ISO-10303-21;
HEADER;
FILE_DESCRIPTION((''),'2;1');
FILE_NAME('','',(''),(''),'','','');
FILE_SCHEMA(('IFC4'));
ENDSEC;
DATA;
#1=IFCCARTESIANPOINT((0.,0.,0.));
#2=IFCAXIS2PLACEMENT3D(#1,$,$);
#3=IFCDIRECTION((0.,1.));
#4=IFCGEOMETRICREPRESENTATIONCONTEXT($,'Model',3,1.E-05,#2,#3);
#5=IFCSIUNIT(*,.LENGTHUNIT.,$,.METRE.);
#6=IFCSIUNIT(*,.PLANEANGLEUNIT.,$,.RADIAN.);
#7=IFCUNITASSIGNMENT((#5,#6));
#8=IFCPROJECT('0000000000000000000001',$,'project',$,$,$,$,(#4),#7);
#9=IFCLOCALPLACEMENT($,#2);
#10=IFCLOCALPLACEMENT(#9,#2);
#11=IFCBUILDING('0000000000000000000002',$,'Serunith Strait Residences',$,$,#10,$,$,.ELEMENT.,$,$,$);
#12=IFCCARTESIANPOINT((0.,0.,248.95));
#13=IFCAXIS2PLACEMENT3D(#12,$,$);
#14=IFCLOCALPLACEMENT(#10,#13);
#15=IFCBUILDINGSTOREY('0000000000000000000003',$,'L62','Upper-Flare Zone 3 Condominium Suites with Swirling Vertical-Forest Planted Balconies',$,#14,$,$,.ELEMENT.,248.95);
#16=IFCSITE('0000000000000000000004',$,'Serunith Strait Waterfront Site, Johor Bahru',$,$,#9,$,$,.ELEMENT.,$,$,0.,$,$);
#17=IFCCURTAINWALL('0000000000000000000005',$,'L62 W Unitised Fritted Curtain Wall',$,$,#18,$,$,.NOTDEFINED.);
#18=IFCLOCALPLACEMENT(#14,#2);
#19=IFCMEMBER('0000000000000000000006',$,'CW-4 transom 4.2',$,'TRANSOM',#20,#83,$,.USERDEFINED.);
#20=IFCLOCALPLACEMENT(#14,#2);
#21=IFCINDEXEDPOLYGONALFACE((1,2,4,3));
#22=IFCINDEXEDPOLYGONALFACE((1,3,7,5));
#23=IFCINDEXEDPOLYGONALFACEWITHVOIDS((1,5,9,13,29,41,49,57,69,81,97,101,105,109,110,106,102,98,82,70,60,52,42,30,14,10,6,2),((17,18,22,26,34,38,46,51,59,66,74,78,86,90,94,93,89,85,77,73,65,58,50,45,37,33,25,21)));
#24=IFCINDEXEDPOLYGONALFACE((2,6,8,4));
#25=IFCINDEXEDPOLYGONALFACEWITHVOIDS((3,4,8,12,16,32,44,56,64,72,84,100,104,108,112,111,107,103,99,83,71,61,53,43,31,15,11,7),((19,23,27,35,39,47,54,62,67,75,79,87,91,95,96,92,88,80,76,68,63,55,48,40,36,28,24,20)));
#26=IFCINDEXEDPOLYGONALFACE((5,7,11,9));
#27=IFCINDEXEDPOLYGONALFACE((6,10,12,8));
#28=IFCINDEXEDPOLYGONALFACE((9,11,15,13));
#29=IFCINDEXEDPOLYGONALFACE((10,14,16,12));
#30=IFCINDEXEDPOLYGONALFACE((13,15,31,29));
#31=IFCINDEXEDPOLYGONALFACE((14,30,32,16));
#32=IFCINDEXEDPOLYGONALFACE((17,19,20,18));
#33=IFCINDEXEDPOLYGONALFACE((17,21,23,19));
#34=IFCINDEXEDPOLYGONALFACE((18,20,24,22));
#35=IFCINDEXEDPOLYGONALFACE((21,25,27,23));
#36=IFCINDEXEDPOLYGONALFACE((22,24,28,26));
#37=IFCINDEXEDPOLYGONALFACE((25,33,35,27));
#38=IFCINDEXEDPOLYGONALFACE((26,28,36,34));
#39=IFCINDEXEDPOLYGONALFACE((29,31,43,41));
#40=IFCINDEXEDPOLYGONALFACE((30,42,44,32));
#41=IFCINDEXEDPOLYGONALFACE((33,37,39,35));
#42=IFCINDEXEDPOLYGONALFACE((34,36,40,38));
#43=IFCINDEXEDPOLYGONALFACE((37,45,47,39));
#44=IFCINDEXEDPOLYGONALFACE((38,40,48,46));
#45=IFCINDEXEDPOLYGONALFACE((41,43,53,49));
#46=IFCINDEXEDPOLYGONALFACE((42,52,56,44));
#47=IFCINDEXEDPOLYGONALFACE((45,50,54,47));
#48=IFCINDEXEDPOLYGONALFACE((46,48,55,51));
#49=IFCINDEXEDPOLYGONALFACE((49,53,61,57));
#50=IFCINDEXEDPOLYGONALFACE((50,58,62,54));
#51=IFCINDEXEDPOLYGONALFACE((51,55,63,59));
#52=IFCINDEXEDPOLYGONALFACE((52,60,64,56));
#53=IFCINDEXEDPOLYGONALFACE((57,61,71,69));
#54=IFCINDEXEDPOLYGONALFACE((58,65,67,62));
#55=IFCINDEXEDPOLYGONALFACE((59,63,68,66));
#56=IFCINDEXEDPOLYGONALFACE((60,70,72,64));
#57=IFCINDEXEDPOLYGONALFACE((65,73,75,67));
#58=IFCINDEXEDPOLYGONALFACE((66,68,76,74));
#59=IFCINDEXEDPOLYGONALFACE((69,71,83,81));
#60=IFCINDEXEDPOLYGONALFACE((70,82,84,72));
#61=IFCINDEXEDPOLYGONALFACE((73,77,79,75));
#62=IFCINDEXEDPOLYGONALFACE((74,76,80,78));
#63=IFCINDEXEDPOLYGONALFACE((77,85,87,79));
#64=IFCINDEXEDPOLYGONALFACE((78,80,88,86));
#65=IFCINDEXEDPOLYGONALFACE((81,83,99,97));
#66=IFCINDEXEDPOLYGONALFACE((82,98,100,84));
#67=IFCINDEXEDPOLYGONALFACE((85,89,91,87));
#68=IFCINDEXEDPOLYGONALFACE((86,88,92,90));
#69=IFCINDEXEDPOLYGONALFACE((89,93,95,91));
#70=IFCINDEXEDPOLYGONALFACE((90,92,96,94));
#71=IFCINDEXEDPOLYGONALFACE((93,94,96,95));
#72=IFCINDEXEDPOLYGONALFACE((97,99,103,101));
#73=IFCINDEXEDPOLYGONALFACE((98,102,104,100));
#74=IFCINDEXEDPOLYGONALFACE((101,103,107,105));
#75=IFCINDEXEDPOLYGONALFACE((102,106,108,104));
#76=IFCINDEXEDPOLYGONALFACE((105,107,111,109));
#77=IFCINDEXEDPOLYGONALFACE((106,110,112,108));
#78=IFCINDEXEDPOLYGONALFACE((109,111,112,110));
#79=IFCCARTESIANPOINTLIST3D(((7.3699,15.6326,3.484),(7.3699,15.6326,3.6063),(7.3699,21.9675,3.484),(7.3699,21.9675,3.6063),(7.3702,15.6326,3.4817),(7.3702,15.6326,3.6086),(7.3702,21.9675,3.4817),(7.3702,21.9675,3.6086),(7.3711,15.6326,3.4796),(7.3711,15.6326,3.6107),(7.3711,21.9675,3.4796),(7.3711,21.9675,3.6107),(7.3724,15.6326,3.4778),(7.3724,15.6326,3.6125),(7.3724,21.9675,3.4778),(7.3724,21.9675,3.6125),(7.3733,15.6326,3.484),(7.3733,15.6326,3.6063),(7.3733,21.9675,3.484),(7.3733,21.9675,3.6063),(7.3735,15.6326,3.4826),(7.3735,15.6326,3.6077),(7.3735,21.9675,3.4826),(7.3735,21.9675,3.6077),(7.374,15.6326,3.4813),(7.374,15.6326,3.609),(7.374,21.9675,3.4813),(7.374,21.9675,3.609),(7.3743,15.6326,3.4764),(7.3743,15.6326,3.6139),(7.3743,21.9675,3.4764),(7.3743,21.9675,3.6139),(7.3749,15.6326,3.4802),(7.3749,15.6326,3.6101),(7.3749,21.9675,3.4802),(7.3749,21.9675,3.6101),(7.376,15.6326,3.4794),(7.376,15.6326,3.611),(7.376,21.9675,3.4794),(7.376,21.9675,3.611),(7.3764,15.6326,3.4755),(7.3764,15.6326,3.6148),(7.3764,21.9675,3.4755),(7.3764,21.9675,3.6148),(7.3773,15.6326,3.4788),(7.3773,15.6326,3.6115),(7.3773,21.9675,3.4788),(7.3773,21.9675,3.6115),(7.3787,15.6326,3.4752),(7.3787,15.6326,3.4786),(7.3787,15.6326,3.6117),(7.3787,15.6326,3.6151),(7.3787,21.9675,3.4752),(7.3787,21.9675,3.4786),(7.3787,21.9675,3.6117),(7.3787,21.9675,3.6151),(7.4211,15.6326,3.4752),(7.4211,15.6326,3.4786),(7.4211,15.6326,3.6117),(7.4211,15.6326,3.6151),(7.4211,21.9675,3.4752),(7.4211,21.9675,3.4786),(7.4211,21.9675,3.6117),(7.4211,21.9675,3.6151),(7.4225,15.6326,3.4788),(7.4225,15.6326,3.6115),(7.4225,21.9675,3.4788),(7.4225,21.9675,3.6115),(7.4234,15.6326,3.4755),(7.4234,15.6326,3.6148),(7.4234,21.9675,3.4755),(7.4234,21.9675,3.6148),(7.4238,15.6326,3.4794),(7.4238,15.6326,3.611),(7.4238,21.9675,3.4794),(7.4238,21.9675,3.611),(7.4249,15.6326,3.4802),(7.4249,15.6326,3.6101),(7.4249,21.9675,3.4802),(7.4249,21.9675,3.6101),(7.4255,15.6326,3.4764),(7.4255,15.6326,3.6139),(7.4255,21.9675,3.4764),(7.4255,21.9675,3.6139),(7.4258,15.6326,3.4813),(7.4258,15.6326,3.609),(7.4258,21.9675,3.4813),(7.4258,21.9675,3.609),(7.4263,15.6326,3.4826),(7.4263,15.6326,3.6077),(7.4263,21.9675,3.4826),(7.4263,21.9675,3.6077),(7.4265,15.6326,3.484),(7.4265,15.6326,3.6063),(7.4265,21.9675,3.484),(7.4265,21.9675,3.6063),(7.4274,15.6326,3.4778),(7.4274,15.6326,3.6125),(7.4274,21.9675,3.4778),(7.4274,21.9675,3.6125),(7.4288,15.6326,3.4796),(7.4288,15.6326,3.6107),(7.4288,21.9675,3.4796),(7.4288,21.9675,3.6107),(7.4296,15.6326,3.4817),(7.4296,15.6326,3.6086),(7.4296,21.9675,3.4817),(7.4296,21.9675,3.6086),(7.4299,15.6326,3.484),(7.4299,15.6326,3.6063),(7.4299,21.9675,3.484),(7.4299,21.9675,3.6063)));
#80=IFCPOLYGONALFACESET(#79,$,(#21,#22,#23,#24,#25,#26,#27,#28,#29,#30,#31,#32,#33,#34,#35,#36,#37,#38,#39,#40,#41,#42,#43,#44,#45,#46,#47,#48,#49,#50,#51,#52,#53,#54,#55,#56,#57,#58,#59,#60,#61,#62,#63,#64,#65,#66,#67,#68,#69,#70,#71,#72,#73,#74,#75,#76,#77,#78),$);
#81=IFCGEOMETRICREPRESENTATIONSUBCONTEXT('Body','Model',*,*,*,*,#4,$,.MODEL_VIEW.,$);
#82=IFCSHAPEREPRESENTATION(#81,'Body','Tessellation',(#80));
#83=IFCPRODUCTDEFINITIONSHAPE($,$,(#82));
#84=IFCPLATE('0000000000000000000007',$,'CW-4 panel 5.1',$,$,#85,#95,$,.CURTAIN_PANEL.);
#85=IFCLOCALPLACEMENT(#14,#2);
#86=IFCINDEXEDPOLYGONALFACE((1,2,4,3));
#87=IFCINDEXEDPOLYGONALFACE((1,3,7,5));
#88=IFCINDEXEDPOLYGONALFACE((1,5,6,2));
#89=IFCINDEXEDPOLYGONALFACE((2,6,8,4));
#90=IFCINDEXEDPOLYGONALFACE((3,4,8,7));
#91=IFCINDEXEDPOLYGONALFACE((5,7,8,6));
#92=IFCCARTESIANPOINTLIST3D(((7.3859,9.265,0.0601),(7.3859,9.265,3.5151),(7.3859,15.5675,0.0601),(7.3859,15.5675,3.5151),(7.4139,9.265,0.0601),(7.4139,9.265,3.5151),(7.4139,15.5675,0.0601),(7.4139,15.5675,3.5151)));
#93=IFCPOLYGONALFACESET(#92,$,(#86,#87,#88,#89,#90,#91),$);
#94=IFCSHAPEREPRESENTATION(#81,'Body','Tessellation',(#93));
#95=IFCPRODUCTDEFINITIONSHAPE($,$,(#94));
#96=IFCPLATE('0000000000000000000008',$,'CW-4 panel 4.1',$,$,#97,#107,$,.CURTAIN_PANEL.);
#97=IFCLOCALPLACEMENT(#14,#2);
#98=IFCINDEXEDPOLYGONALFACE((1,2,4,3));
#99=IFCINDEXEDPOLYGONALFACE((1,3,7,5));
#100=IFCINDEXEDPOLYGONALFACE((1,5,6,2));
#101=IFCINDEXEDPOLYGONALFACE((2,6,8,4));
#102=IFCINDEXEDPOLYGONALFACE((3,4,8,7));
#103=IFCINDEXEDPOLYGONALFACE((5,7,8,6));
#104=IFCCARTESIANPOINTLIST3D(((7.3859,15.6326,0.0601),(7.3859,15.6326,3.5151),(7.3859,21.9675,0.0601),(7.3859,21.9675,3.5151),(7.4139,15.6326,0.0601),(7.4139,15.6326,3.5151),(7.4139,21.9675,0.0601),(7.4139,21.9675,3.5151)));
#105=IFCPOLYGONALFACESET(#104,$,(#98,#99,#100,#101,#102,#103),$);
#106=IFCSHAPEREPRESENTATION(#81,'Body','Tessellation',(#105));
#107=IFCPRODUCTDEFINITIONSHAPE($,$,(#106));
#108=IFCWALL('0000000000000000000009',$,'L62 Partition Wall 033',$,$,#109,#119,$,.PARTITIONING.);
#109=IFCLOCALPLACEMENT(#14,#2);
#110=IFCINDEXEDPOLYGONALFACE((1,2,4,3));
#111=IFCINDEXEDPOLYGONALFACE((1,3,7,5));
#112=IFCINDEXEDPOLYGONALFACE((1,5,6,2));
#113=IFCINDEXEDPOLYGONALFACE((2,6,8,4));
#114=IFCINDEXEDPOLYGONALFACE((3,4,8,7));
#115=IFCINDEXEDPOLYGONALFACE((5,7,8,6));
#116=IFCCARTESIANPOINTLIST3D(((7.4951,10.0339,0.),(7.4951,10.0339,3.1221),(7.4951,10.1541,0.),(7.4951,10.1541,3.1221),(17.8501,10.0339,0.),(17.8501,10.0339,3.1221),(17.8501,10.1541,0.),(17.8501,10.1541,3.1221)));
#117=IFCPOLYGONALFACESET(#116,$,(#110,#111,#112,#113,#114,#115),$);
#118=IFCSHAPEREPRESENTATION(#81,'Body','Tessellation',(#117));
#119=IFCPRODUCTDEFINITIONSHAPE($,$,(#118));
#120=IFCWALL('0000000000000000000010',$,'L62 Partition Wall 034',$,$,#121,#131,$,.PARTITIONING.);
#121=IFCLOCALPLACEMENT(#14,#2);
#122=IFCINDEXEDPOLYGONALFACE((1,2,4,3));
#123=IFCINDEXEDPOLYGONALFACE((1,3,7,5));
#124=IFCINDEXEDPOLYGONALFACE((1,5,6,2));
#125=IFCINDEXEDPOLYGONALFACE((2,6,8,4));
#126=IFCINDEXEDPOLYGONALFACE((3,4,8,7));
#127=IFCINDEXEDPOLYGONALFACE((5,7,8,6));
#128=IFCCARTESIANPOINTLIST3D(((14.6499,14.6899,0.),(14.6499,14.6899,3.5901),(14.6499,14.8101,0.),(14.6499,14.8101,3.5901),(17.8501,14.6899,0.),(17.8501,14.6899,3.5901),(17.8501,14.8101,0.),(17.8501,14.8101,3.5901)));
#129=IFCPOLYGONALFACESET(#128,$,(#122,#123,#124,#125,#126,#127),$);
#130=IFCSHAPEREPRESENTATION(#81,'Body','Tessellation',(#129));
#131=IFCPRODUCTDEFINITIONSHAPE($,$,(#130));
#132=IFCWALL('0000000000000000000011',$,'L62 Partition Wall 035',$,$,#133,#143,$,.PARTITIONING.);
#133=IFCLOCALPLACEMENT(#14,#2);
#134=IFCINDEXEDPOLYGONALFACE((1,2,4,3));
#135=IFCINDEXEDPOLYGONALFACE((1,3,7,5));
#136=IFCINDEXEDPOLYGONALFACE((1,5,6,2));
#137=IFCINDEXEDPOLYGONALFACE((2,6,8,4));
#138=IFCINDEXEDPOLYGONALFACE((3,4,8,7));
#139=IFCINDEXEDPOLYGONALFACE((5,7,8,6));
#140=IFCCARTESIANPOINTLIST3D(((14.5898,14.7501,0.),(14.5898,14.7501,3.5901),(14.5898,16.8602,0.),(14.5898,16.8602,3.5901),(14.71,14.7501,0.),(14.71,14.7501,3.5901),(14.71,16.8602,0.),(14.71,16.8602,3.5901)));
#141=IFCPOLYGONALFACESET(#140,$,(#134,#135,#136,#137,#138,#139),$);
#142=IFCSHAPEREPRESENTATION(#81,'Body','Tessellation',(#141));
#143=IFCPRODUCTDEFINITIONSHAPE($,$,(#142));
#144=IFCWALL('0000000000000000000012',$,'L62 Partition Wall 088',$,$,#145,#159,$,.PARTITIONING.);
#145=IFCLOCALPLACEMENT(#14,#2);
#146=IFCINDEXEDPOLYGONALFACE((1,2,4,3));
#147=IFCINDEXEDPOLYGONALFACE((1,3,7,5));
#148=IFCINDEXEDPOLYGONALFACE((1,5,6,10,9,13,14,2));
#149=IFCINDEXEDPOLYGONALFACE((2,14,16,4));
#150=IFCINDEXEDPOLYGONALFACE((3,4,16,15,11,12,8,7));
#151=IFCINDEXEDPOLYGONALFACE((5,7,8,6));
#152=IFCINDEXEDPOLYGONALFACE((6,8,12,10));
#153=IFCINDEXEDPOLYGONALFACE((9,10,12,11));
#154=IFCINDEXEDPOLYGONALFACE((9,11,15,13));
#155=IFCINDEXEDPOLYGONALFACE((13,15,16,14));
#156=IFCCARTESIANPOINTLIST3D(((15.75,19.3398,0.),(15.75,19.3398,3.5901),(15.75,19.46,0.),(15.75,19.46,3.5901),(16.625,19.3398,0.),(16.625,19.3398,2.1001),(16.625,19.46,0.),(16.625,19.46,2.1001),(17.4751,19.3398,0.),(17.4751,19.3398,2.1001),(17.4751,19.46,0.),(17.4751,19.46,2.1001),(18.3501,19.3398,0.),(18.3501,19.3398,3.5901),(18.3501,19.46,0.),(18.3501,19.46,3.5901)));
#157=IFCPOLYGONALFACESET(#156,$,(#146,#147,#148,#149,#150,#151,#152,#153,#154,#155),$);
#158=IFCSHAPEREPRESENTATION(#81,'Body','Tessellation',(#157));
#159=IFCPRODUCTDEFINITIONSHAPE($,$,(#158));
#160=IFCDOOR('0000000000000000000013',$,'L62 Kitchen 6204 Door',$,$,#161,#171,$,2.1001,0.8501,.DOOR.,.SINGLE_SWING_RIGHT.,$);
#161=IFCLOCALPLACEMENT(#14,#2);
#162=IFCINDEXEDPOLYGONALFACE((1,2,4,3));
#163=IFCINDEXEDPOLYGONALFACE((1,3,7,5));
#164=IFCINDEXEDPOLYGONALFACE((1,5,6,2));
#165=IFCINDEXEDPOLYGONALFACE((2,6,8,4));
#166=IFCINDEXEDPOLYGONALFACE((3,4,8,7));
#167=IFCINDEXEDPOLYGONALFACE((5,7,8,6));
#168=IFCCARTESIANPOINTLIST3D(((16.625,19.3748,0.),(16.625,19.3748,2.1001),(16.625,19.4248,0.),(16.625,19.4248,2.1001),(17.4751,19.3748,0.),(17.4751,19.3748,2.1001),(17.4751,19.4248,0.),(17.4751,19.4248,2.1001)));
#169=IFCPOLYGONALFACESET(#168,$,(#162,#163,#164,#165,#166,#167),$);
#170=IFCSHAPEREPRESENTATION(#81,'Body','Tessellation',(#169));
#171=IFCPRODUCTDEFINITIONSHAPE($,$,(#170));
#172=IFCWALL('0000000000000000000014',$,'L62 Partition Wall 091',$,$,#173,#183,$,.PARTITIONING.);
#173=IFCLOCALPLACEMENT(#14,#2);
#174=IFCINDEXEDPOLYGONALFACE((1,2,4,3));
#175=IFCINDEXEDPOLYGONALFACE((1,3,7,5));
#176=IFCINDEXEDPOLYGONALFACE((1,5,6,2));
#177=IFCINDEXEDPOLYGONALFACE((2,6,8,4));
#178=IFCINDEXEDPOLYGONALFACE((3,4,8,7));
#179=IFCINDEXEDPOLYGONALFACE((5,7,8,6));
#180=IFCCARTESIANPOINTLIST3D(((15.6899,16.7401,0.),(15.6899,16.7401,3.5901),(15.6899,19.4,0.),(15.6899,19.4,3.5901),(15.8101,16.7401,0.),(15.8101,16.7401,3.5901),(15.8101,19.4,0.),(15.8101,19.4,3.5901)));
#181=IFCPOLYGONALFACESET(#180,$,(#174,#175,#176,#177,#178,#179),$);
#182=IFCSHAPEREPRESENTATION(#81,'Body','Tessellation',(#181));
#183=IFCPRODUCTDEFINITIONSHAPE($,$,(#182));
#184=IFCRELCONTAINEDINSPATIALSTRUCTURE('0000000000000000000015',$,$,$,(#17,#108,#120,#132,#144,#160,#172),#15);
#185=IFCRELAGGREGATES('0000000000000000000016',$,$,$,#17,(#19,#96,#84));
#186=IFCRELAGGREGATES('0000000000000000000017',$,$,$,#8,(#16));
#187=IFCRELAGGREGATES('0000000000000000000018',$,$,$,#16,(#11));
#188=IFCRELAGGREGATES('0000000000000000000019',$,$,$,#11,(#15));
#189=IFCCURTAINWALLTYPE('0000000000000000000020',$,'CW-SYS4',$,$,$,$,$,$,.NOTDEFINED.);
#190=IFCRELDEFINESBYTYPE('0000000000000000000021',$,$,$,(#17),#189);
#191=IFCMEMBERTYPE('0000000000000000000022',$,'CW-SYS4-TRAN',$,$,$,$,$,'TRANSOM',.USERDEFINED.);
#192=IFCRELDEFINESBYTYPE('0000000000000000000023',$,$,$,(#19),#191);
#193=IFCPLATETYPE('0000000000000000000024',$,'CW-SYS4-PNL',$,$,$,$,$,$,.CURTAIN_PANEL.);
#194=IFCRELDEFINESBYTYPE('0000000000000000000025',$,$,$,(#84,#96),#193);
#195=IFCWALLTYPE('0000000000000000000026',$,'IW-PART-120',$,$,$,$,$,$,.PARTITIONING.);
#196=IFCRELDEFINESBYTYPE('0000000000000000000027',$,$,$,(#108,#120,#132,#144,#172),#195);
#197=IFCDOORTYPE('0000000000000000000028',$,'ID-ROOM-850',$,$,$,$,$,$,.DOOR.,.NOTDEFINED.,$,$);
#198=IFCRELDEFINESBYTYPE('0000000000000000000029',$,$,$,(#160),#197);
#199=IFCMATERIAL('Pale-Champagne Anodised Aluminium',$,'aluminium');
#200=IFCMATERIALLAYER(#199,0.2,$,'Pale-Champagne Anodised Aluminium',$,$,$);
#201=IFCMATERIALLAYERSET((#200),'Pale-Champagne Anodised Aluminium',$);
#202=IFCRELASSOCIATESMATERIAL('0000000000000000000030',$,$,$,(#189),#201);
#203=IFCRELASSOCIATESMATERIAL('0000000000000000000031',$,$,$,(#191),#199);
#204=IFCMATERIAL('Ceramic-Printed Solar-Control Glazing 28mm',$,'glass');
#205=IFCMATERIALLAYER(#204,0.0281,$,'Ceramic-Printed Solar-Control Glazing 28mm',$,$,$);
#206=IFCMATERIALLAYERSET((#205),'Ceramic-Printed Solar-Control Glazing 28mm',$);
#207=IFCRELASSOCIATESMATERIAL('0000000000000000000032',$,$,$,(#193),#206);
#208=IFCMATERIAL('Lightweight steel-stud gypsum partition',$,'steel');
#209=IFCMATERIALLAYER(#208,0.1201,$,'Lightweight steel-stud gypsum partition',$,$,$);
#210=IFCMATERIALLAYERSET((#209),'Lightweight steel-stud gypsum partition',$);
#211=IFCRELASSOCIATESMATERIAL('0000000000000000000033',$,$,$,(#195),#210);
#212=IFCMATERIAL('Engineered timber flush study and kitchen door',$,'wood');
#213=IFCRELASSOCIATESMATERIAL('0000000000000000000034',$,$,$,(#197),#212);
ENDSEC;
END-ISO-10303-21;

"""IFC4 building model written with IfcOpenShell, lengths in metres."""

from ifc_helpers import new_model, si_unit, direction, frame, frame_2d, origin, origin_2d, place, context, subcontext, project, spatial, rectangle, hollow_rectangle, extrude, source, transform, mapped, material, layer, layer_set, material_profile, profile_set, type_object, element, fill, aggregate, save


model = new_model("IFC4")

# Units and contexts
model_context = context("Model", 3, precision=1e-05, world=origin(), true_north=direction((0.0, 1.0)))
body_context = subcontext(model_context, "Body", "Model", "MODEL_VIEW")
ifc_project = project(units=[si_unit("LENGTHUNIT", "METRE"), si_unit("PLANEANGLEUNIT", "RADIAN")], contexts=[model_context])

# Site, building, storey
site_placement = place(None, origin())
site = spatial("IfcSite", under=ifc_project, at=site_placement, Name="Serunith Strait Waterfront Site, Johor Bahru", CompositionType="ELEMENT", RefElevation=0.0)
building_placement = place(site_placement, origin())
building = spatial("IfcBuilding", under=site, at=building_placement, Name="Serunith Strait Residences", CompositionType="ELEMENT")
storey_placement = place(building_placement, frame((0.0, 0.0, 248.95)))
storey = spatial("IfcBuildingStorey", under=building, at=storey_placement, Name="L62", Description="Upper-Flare Zone 3 Condominium Suites with Swirling Vertical-Forest Planted Balconies", CompositionType="ELEMENT", Elevation=248.95)

# Curtain wall, member, plates
ifc_material_1 = material(Name="Pale-Champagne Anodised Aluminium", Category="aluminium")
ifc_layer_1 = layer(ifc_material_1, 0.2, Name="Pale-Champagne Anodised Aluminium")
ifc_layer_set_1 = layer_set([ifc_layer_1], Name="Pale-Champagne Anodised Aluminium")
curtain_wall_type = type_object("IfcCurtainWallType", Name="CW-SYS4", PredefinedType="NOTDEFINED", material=ifc_layer_set_1)
curtain_wall_placement = place(storey_placement, origin())
curtain_wall = element("IfcCurtainWall", 1, at=curtain_wall_placement, inside=storey, type_object=curtain_wall_type, Name="L62 W Unitised Fritted Curtain Wall", PredefinedType="NOTDEFINED")
ifc_material_profile_1 = material_profile(ifc_material_1, hollow_rectangle(XDim=0.0601, YDim=0.1399, WallThickness=0.0034, InnerFilletRadius=0.0054, OuterFilletRadius=0.0088, at=origin_2d()), Name="ALU 140x60x3.5")
ifc_profile_set_1 = profile_set([ifc_material_profile_1], Name="Pale-Champagne Anodised Aluminium")
member_type_1 = type_object("IfcMemberType", Name="CW-SYS4-TRAN", ElementType="TRANSOM", PredefinedType="USERDEFINED", material=ifc_profile_set_1)
shared_shape_1 = source(origin(), body_context, "Body", "SweptSolid", [
    extrude(hollow_rectangle(XDim=0.0601, YDim=0.1399, WallThickness=0.0034, InnerFilletRadius=0.0054, OuterFilletRadius=0.0088, at=origin_2d()), origin(), (0.0, 0.0, 1.0), 6.335),
])
member_1_placement = place(storey_placement, frame((7.3999, 21.9675, 3.5452), z_axis=(0.0, -1.0, 0.0), x_axis=(1.0, 0.0, 0.0)))
member_1 = element("IfcMember", 2, at=member_1_placement, type_object=member_type_1, Name="CW-4 transom 4.2", ObjectType="TRANSOM", PredefinedType="USERDEFINED", context=body_context, shape_type="MappedRepresentation", body=[
    mapped(shared_shape_1, transform((0.0, 0.0, 0.0), scale=1.0)),
])
ifc_material_2 = material(Name="Ceramic-Printed Solar-Control Glazing 28mm", Category="glass")
ifc_layer_2 = layer(ifc_material_2, 0.0281, Name="Ceramic-Printed Solar-Control Glazing 28mm")
ifc_layer_set_2 = layer_set([ifc_layer_2], Name="Ceramic-Printed Solar-Control Glazing 28mm")
plate_type = type_object("IfcPlateType", Name="CW-SYS4-PNL", PredefinedType="CURTAIN_PANEL", material=ifc_layer_set_2)
shared_shape_2 = source(origin(), body_context, "Body", "SweptSolid", [
    extrude(rectangle(XDim=6.3025, YDim=0.0281, at=origin_2d()), origin(), (0.0, 0.0, 1.0), 3.4551),
])
plate_1_placement = place(storey_placement, frame((7.3999, 12.4163, 0.0601), z_axis=(0.0, 0.0, 1.0), x_axis=(0.0, -1.0, 0.0)))
plate_1 = element("IfcPlate", 3, at=plate_1_placement, type_object=plate_type, Name="CW-4 panel 5.1", PredefinedType="CURTAIN_PANEL", context=body_context, shape_type="MappedRepresentation", body=[
    mapped(shared_shape_2, transform((0.0, 0.0, 0.0), scale=1.0)),
])
shared_shape_3 = source(origin(), body_context, "Body", "SweptSolid", [
    extrude(rectangle(XDim=6.335, YDim=0.0281, at=origin_2d()), origin(), (0.0, 0.0, 1.0), 3.4551),
])
plate_2_placement = place(storey_placement, frame((7.3999, 18.8, 0.0601), z_axis=(0.0, 0.0, 1.0), x_axis=(0.0, -1.0, 0.0)))
plate_2 = element("IfcPlate", 4, at=plate_2_placement, type_object=plate_type, Name="CW-4 panel 4.1", PredefinedType="CURTAIN_PANEL", context=body_context, shape_type="MappedRepresentation", body=[
    mapped(shared_shape_3, transform((0.0, 0.0, 0.0), scale=1.0)),
])
aggregate(curtain_wall, [member_1, plate_2, plate_1])

# Walls
ifc_material_3 = material(Name="Lightweight steel-stud gypsum partition", Category="steel")
ifc_layer_3 = layer(ifc_material_3, 0.1201, Name="Lightweight steel-stud gypsum partition")
ifc_layer_set_3 = layer_set([ifc_layer_3], Name="Lightweight steel-stud gypsum partition")
wall_type_1 = type_object("IfcWallType", Name="IW-PART-120", PredefinedType="PARTITIONING", material=ifc_layer_set_3)
wall_1_placement = place(storey_placement, frame((7.4951, 10.094, 0.0), z_axis=(0.0, 0.0, 1.0), x_axis=(1.0, 0.0, 0.0)))
element("IfcWall", 5, at=wall_1_placement, inside=storey, type_object=wall_type_1, Name="L62 Partition Wall 033", PredefinedType="PARTITIONING", context=body_context, shape_type="SweptSolid", body=[
    extrude(rectangle(XDim=10.355, YDim=0.1201, at=frame_2d((5.1775, 0.0))), origin(), (0.0, 0.0, 1.0), 3.1221),
])
wall_2_placement = place(storey_placement, frame((14.6499, 14.75, 0.0), z_axis=(0.0, 0.0, 1.0), x_axis=(1.0, 0.0, 0.0)))
element("IfcWall", 6, at=wall_2_placement, inside=storey, type_object=wall_type_1, Name="L62 Partition Wall 034", PredefinedType="PARTITIONING", context=body_context, shape_type="SweptSolid", body=[
    extrude(rectangle(XDim=3.2002, YDim=0.1201, at=frame_2d((1.6001, 0.0))), origin(), (0.0, 0.0, 1.0), 3.5901),
])
wall_3_placement = place(storey_placement, frame((14.6499, 14.75, 0.0), z_axis=(0.0, 0.0, 1.0), x_axis=(0.0, 1.0, 0.0)))
element("IfcWall", 7, at=wall_3_placement, inside=storey, type_object=wall_type_1, Name="L62 Partition Wall 035", PredefinedType="PARTITIONING", context=body_context, shape_type="SweptSolid", body=[
    extrude(rectangle(XDim=2.1101, YDim=0.1201, at=frame_2d((1.0552, 0.0))), origin(), (0.0, 0.0, 1.0), 3.5901),
])

# Wall, opening, door
wall_4_placement = place(storey_placement, frame((15.75, 19.3999, 0.0), z_axis=(0.0, 0.0, 1.0), x_axis=(1.0, 0.0, 0.0)))
wall_4 = element("IfcWall", 8, at=wall_4_placement, inside=storey, type_object=wall_type_1, Name="L62 Partition Wall 088", PredefinedType="PARTITIONING", context=body_context, shape_type="SweptSolid", body=[
    extrude(rectangle(XDim=2.6001, YDim=0.1201, at=frame_2d((1.3, 0.0))), origin(), (0.0, 0.0, 1.0), 3.5901),
])
opening_placement = place(wall_4_placement, frame((0.875, 0.0, 0.0)))
opening = element("IfcOpeningElement", 9, at=opening_placement, cuts=wall_4, PredefinedType="OPENING", context=body_context, shape_type="SweptSolid", body=[
    extrude(rectangle(XDim=0.8501, YDim=2.1001, at=frame_2d((0.425, 1.05))), frame((0.0, 0.0701, 0.0), z_axis=(0.0, -1.0, 0.0), x_axis=(1.0, 0.0, 0.0)), (0.0, 0.0, 1.0), 0.1401),
])
ifc_material_4 = material(Name="Engineered timber flush study and kitchen door", Category="wood")
door_type = type_object("IfcDoorType", Name="ID-ROOM-850", OperationType="NOTDEFINED", PredefinedType="DOOR", material=ifc_material_4)
shared_shape_4 = source(origin(), body_context, "Body", "SweptSolid", [
    extrude(rectangle(XDim=0.8501, YDim=2.1001, at=frame_2d((0.425, 1.05))), frame((0.0, 0.0249, 0.0), z_axis=(0.0, -1.0, 0.0), x_axis=(1.0, 0.0, 0.0)), (0.0, 0.0, 1.0), 0.05),
])
door_placement = place(opening_placement, origin())
door = element("IfcDoor", 10, at=door_placement, inside=storey, type_object=door_type, Name="L62 Kitchen 6204 Door", OperationType="SINGLE_SWING_RIGHT", OverallHeight=2.1001, OverallWidth=0.8501, PredefinedType="DOOR", context=body_context, shape_type="MappedRepresentation", body=[
    mapped(shared_shape_4, transform((0.0, 0.0, 0.0), scale=1.0)),
])
fill(opening, door)

# Wall
wall_5_placement = place(storey_placement, frame((15.75, 16.74, 0.0), z_axis=(0.0, 0.0, 1.0), x_axis=(0.0, 1.0, 0.0)))
element("IfcWall", 11, at=wall_5_placement, inside=storey, type_object=wall_type_1, Name="L62 Partition Wall 091", PredefinedType="PARTITIONING", context=body_context, shape_type="SweptSolid", body=[
    extrude(rectangle(XDim=2.6599, YDim=0.1201, at=frame_2d((1.3301, 0.0))), origin(), (0.0, 0.0, 1.0), 3.5901),
])

save(model, "model.ifc")
